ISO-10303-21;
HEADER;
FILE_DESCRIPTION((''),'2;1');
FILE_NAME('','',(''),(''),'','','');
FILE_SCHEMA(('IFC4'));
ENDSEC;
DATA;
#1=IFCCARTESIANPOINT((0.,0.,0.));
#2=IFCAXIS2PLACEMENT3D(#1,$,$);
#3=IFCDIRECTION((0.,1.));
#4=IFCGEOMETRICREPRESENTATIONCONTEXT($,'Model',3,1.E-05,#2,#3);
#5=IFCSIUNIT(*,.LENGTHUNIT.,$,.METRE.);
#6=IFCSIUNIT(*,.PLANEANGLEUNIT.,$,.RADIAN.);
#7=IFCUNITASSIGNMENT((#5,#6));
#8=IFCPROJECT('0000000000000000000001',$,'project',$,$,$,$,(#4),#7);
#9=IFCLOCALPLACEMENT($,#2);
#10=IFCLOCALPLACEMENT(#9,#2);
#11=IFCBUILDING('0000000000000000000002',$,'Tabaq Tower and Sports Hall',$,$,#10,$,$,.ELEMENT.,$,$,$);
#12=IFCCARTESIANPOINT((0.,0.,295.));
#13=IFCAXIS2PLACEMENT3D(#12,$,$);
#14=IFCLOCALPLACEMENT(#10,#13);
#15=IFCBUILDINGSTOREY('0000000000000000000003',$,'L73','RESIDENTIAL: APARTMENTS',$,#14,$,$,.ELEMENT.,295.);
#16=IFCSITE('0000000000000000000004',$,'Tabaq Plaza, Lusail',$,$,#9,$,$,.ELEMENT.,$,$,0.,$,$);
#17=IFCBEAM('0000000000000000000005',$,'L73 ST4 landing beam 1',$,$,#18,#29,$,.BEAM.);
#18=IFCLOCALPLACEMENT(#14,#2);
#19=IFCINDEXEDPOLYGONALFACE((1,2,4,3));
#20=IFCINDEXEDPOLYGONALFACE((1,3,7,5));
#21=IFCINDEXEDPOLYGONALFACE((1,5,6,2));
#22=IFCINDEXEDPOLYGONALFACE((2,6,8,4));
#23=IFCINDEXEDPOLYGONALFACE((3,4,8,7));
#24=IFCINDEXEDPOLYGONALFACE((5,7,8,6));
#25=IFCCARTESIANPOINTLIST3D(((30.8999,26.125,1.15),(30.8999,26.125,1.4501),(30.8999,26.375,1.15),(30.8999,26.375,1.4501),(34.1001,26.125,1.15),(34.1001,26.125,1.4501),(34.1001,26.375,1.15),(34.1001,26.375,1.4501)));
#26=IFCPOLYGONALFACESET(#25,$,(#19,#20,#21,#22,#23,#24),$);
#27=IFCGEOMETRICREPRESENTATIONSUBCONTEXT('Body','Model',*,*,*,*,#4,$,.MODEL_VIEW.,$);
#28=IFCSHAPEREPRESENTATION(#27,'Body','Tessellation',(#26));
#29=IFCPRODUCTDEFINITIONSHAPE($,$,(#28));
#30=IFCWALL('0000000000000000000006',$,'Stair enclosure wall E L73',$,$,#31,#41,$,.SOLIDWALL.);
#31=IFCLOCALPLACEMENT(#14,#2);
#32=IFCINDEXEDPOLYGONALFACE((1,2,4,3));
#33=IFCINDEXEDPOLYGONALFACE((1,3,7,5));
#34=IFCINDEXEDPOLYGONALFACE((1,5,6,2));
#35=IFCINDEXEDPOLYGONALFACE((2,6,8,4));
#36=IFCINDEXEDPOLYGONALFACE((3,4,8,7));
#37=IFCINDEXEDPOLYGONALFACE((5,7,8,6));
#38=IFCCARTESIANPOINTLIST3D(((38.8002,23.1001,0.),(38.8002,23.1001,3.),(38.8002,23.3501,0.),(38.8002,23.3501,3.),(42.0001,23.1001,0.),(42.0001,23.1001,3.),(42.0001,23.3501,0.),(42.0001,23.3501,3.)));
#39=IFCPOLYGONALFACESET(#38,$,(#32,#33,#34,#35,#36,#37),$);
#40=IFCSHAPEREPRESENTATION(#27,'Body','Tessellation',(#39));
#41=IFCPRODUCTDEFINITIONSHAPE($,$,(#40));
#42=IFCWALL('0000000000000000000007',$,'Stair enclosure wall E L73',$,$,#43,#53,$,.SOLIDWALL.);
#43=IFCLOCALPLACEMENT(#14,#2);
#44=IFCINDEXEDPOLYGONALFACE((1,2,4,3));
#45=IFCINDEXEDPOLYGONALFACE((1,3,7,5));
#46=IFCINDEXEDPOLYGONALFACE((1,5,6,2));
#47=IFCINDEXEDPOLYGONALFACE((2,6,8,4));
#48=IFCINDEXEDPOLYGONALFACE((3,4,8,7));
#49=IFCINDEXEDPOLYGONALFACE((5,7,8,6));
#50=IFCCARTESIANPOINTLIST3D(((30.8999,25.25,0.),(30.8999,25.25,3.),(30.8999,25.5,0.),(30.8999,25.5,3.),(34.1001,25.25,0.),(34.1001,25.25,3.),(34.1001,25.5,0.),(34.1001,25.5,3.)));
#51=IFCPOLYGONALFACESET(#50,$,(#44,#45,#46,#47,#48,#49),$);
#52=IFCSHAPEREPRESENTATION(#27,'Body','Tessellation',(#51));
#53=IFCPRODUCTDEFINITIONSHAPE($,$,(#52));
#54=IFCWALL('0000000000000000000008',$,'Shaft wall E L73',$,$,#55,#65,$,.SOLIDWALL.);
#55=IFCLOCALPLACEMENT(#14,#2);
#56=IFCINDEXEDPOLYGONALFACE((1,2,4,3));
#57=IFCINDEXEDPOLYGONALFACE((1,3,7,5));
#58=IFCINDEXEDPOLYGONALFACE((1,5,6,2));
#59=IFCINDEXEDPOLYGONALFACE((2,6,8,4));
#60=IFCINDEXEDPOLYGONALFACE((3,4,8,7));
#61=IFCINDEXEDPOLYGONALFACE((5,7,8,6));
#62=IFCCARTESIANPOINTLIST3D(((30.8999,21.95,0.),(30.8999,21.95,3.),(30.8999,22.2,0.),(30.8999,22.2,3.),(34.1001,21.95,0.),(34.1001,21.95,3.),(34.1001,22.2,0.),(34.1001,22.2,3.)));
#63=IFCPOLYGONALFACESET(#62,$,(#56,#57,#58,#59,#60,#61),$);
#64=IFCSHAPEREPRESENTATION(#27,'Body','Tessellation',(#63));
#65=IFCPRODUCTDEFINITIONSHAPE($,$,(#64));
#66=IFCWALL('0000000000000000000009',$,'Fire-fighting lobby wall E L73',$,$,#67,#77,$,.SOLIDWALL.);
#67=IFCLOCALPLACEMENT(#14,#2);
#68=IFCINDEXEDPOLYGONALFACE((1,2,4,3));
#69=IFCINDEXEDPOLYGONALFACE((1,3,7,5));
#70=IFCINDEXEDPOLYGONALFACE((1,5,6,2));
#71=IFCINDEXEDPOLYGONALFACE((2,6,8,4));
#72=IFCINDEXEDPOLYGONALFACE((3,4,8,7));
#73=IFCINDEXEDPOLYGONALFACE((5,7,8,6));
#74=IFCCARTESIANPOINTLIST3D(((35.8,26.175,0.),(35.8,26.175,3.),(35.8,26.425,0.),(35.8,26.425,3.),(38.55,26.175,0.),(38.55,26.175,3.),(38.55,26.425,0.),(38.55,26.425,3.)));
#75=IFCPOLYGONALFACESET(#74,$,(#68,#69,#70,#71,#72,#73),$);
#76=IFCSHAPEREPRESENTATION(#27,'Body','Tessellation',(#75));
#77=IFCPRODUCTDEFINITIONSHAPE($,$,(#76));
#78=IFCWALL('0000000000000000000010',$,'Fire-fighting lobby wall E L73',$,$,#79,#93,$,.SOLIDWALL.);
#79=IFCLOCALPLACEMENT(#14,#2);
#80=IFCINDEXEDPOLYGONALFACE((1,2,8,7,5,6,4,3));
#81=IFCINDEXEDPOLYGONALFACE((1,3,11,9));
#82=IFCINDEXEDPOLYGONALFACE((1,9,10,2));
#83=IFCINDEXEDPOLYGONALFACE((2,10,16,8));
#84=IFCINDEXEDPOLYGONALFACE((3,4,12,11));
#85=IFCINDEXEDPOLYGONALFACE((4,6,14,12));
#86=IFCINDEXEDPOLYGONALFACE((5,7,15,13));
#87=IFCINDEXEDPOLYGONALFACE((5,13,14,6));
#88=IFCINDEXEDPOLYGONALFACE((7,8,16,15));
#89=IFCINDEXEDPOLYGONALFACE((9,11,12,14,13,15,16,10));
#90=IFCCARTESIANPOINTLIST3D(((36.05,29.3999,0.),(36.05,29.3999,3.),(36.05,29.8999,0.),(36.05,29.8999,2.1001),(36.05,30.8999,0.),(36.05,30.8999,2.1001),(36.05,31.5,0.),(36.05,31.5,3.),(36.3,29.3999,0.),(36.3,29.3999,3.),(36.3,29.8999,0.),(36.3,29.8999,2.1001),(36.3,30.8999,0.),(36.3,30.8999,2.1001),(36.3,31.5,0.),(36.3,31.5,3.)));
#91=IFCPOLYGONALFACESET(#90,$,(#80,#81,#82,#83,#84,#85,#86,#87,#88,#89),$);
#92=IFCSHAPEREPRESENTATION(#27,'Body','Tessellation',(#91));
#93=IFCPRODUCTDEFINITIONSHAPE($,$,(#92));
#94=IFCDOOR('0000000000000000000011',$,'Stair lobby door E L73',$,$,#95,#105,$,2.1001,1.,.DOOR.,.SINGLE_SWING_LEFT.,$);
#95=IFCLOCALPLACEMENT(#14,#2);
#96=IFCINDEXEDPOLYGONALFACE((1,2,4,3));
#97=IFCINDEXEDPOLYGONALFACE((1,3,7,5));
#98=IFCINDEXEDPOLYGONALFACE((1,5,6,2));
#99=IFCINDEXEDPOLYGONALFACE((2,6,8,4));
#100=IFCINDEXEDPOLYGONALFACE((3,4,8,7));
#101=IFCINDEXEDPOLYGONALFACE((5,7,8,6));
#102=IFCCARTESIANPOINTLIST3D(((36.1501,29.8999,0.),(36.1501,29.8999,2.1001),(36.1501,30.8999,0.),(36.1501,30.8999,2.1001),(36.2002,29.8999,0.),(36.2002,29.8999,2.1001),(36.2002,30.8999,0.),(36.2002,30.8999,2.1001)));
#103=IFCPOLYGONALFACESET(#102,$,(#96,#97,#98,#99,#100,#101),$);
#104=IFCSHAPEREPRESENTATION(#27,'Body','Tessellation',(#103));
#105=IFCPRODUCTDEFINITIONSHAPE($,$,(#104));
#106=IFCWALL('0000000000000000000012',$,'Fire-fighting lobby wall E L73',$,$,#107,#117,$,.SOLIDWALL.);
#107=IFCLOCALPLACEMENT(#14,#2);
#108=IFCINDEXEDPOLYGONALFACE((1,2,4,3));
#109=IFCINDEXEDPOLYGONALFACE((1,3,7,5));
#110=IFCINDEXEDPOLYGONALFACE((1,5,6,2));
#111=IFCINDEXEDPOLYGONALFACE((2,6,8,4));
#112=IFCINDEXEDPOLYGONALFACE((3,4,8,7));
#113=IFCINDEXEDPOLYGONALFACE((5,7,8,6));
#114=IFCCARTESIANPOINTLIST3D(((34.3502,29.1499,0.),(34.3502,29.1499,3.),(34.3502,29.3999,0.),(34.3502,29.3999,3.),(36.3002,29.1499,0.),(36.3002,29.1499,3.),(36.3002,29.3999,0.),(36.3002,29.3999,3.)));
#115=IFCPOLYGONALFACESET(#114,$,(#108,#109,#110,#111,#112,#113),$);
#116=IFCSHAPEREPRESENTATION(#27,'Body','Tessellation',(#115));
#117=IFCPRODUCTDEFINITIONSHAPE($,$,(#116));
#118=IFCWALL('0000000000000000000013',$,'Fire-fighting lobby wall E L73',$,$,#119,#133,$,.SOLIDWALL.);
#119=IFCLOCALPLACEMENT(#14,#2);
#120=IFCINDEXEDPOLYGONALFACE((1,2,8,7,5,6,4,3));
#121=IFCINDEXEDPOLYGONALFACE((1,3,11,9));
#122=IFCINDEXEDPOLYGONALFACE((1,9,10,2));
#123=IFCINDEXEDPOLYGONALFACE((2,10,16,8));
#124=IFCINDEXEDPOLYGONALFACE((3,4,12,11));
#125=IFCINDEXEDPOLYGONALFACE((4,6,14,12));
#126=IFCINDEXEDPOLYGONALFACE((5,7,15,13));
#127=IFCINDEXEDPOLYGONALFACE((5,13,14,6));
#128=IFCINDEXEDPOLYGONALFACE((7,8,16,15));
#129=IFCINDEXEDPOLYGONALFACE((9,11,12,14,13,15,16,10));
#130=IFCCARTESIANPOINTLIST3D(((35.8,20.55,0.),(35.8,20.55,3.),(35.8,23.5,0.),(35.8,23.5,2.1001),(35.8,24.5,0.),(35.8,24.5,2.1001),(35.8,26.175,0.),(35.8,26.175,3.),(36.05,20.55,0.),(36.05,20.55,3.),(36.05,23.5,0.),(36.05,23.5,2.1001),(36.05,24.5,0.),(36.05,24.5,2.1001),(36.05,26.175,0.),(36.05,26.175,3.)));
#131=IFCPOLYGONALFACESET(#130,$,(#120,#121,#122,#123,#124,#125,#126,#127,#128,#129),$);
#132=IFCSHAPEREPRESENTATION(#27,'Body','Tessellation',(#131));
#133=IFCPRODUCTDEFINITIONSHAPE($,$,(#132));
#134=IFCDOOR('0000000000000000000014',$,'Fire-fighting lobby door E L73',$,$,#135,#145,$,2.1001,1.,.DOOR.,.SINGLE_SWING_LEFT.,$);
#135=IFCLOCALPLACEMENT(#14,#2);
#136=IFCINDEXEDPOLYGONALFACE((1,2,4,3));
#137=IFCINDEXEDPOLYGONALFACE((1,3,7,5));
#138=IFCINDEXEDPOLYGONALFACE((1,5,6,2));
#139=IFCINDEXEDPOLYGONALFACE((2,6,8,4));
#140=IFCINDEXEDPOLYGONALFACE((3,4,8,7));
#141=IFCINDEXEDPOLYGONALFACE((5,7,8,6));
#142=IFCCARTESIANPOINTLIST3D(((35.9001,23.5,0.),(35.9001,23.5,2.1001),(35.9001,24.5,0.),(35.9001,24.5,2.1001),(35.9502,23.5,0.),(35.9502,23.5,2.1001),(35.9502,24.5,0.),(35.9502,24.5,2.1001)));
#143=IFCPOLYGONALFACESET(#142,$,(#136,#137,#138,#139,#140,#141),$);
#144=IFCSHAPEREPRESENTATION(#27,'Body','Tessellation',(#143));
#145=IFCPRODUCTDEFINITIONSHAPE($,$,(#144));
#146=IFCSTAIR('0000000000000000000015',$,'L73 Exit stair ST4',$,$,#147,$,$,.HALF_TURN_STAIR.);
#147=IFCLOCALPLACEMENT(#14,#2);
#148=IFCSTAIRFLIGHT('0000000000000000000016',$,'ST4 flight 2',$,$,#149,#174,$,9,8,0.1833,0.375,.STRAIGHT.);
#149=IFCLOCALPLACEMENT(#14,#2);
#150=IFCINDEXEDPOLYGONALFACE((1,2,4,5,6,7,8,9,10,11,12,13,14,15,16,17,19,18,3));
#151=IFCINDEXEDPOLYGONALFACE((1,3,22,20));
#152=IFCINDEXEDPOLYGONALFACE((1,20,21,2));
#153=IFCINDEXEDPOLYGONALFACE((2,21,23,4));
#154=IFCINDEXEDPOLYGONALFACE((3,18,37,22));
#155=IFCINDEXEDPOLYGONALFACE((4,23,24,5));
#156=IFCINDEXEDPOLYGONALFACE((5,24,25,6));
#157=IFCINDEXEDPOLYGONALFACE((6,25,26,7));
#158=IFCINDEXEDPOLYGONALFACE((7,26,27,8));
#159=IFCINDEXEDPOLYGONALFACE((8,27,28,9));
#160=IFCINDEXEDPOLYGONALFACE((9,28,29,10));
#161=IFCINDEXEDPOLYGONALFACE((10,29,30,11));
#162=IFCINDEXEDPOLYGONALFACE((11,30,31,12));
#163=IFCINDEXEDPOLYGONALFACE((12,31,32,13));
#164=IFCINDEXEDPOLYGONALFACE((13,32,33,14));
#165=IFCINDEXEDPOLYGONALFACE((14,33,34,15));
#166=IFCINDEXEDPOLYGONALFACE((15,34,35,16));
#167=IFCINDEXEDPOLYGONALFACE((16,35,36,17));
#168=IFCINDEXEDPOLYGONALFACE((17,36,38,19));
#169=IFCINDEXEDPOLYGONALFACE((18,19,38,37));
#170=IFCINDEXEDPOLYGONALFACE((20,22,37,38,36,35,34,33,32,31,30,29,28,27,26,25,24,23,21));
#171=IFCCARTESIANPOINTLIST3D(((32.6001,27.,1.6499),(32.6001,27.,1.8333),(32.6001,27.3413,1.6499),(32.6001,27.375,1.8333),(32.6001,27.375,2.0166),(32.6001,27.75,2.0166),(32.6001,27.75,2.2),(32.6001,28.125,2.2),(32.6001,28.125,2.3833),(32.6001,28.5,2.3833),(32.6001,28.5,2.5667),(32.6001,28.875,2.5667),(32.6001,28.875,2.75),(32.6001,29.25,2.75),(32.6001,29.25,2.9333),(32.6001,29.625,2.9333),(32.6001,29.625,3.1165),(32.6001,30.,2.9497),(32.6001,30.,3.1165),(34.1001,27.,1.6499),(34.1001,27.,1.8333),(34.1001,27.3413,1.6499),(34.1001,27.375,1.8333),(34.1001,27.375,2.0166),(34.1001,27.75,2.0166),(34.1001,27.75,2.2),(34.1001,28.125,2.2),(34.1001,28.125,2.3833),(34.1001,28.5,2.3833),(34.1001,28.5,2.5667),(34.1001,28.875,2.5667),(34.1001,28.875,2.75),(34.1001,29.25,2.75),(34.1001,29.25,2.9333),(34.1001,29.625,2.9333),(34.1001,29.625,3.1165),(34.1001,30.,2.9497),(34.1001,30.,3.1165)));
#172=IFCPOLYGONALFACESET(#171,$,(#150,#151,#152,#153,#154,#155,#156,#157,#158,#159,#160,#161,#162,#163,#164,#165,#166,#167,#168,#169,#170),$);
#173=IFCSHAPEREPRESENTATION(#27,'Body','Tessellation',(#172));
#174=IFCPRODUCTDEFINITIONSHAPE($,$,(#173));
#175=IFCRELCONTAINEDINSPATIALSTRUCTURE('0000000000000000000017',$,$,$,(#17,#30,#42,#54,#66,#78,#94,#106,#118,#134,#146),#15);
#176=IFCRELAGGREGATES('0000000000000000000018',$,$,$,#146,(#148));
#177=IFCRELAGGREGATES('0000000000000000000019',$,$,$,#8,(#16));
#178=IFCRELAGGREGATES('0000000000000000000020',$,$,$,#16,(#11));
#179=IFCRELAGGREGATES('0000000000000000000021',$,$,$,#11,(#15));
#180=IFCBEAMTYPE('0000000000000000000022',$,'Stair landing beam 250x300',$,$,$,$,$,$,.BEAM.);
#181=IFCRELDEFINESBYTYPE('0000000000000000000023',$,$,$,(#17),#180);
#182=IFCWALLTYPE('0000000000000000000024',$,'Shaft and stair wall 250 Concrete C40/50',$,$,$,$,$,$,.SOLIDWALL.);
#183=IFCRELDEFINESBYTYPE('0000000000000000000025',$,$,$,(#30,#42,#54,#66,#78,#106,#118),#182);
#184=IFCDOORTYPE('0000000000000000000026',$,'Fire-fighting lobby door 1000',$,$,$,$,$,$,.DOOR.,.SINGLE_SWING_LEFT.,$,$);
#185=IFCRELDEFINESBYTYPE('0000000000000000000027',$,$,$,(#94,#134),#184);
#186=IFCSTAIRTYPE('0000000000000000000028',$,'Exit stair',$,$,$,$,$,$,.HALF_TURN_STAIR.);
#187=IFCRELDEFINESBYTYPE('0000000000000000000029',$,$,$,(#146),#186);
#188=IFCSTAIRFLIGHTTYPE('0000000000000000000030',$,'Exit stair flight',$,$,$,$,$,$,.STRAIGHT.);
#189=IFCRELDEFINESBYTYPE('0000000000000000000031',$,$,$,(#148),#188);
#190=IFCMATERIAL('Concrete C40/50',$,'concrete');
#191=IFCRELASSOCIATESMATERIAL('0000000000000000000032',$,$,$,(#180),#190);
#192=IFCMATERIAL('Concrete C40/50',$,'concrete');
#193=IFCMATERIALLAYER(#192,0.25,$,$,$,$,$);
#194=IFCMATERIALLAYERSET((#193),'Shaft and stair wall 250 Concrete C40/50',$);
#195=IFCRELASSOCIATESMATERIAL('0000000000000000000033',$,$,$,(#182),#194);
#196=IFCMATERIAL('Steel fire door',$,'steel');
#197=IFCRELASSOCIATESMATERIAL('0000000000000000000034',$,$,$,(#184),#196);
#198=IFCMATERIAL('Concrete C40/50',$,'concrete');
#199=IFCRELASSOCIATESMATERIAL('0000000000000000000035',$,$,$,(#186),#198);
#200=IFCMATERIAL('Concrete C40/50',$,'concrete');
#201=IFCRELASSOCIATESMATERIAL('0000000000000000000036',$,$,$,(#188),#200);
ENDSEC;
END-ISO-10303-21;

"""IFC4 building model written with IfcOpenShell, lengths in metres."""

from ifc_helpers import new_model, si_unit, direction, frame, frame_2d, origin, origin_2d, place, context, subcontext, project, spatial, polyline, rectangle, outline, extrude, material, layer, layer_set, material_profile, profile_set, type_object, element, fill, aggregate, save


model = new_model("IFC4")

# Units and contexts
model_context = context("Model", 3, precision=1e-05, world=origin(), true_north=direction((0.0, 1.0)))
body_context = subcontext(model_context, "Body", "Model", "MODEL_VIEW")
ifc_project = project(units=[si_unit("LENGTHUNIT", "METRE"), si_unit("PLANEANGLEUNIT", "RADIAN")], contexts=[model_context])

# Site, building, storey
site_placement = place(None, origin())
site = spatial("IfcSite", under=ifc_project, at=site_placement, Name="Tabaq Plaza, Lusail", CompositionType="ELEMENT", RefElevation=0.0)
building_placement = place(site_placement, origin())
building = spatial("IfcBuilding", under=site, at=building_placement, Name="Tabaq Tower and Sports Hall", CompositionType="ELEMENT")
storey_placement = place(building_placement, frame((0.0, 0.0, 295.0)))
storey = spatial("IfcBuildingStorey", under=building, at=storey_placement, Name="L73", Description="RESIDENTIAL: APARTMENTS", CompositionType="ELEMENT", Elevation=295.0)

# Beam
ifc_material_1 = material(Name="Concrete C40/50", Category="concrete")
ifc_material_profile = material_profile(ifc_material_1, rectangle(XDim=0.25, YDim=0.3, at=origin_2d()), Name="RC 250x300")
ifc_profile_set = profile_set([ifc_material_profile], Name="Concrete C40/50")
beam_type = type_object("IfcBeamType", Name="Stair landing beam 250x300", PredefinedType="BEAM", material=ifc_profile_set)
beam_placement = place(storey_placement, frame((30.8999, 26.25, 1.3), z_axis=(1.0, 0.0, 0.0), x_axis=(0.0, 1.0, 0.0)))
element("IfcBeam", 1, at=beam_placement, inside=storey, type_object=beam_type, Name="L73 ST4 landing beam 1", PredefinedType="BEAM", context=body_context, shape_type="SweptSolid", body=[
    extrude(rectangle(XDim=0.25, YDim=0.3, at=origin_2d()), origin(), (0.0, 0.0, 1.0), 3.2002),
])

# Walls
ifc_material_2 = material(Name="Concrete C40/50", Category="concrete")
ifc_layer = layer(ifc_material_2, 0.25)
ifc_layer_set = layer_set([ifc_layer], Name="Shaft and stair wall 250 Concrete C40/50")
wall_type = type_object("IfcWallType", Name="Shaft and stair wall 250 Concrete C40/50", PredefinedType="SOLIDWALL", material=ifc_layer_set)
wall_1_placement = place(storey_placement, frame((38.8, 23.2251, 0.0), z_axis=(0.0, 0.0, 1.0), x_axis=(1.0, 0.0, 0.0)))
element("IfcWall", 2, at=wall_1_placement, inside=storey, type_object=wall_type, Name="Stair enclosure wall E L73", PredefinedType="SOLIDWALL", context=body_context, shape_type="SweptSolid", body=[
    extrude(rectangle(XDim=3.2, YDim=0.25, at=frame_2d((1.6001, 0.0))), origin(), (0.0, 0.0, 1.0), 3.0),
])
for number, where, z_axis, x_axis, name in (
    (3, (30.8999, 25.375, 0.0), (0.0, 0.0, 1.0), (1.0, 0.0, 0.0), "Stair enclosure wall E L73"),
    (4, (30.8999, 22.075, 0.0), (0.0, 0.0, 1.0), (1.0, 0.0, 0.0), "Shaft wall E L73"),
):
    element("IfcWall", number, at=place(storey_placement, frame(where, z_axis=z_axis, x_axis=x_axis)), inside=storey, type_object=wall_type, Name=name, PredefinedType="SOLIDWALL", context=body_context, shape_type="SweptSolid", body=[
        extrude(rectangle(XDim=3.2002, YDim=0.25, at=frame_2d((1.6001, 0.0))), origin(), (0.0, 0.0, 1.0), 3.0),
    ])
wall_2_placement = place(storey_placement, frame((35.8, 26.3, 0.0), z_axis=(0.0, 0.0, 1.0), x_axis=(1.0, 0.0, 0.0)))
element("IfcWall", 5, at=wall_2_placement, inside=storey, type_object=wall_type, Name="Fire-fighting lobby wall E L73", PredefinedType="SOLIDWALL", context=body_context, shape_type="SweptSolid", body=[
    extrude(rectangle(XDim=2.75, YDim=0.25, at=frame_2d((1.375, 0.0))), origin(), (0.0, 0.0, 1.0), 3.0),
])

# Wall, opening, door
wall_3_placement = place(storey_placement, frame((36.175, 29.3999, 0.0), z_axis=(0.0, 0.0, 1.0), x_axis=(0.0, 1.0, 0.0)))
wall_3 = element("IfcWall", 6, at=wall_3_placement, inside=storey, type_object=wall_type, Name="Fire-fighting lobby wall E L73", PredefinedType="SOLIDWALL", context=body_context, shape_type="SweptSolid", body=[
    extrude(rectangle(XDim=2.1001, YDim=0.25, at=frame_2d((1.05, 0.0))), origin(), (0.0, 0.0, 1.0), 3.0),
])
opening_1_placement = place(wall_3_placement, frame((0.5, 0.0, 0.0)))
opening_1 = element("IfcOpeningElement", 7, at=opening_1_placement, cuts=wall_3, PredefinedType="OPENING", context=body_context, shape_type="SweptSolid", body=[
    extrude(rectangle(XDim=1.0, YDim=2.1001, at=frame_2d((0.5, 1.05))), frame((0.0, 0.125, 0.0), z_axis=(0.0, -1.0, 0.0), x_axis=(1.0, 0.0, 0.0)), (0.0, 0.0, 1.0), 0.25),
])
ifc_material_3 = material(Name="Steel fire door", Category="steel")
door_type = type_object("IfcDoorType", Name="Fire-fighting lobby door 1000", OperationType="SINGLE_SWING_LEFT", PredefinedType="DOOR", material=ifc_material_3)
door_1_placement = place(opening_1_placement, origin())
door_1 = element("IfcDoor", 8, at=door_1_placement, inside=storey, type_object=door_type, Name="Stair lobby door E L73", OperationType="SINGLE_SWING_LEFT", OverallHeight=2.1001, OverallWidth=1.0, PredefinedType="DOOR", context=body_context, shape_type="SweptSolid", body=[
    extrude(rectangle(XDim=1.0, YDim=2.1001, at=frame_2d((0.5, 1.05))), frame((0.0, 0.0249, 0.0), z_axis=(0.0, -1.0, 0.0), x_axis=(1.0, 0.0, 0.0)), (0.0, 0.0, 1.0), 0.05),
])
fill(opening_1, door_1)

# Wall
wall_4_placement = place(storey_placement, frame((34.3501, 29.2749, 0.0), z_axis=(0.0, 0.0, 1.0), x_axis=(1.0, 0.0, 0.0)))
element("IfcWall", 9, at=wall_4_placement, inside=storey, type_object=wall_type, Name="Fire-fighting lobby wall E L73", PredefinedType="SOLIDWALL", context=body_context, shape_type="SweptSolid", body=[
    extrude(rectangle(XDim=1.95, YDim=0.25, at=frame_2d((0.9751, 0.0))), origin(), (0.0, 0.0, 1.0), 3.0),
])

# Wall, opening, door
wall_5_placement = place(storey_placement, frame((35.925, 20.55, 0.0), z_axis=(0.0, 0.0, 1.0), x_axis=(0.0, 1.0, 0.0)))
wall_5 = element("IfcWall", 10, at=wall_5_placement, inside=storey, type_object=wall_type, Name="Fire-fighting lobby wall E L73", PredefinedType="SOLIDWALL", context=body_context, shape_type="SweptSolid", body=[
    extrude(rectangle(XDim=5.625, YDim=0.25, at=frame_2d((2.8125, 0.0))), origin(), (0.0, 0.0, 1.0), 3.0),
])
opening_2_placement = place(wall_5_placement, frame((2.95, 0.0, 0.0)))
opening_2 = element("IfcOpeningElement", 11, at=opening_2_placement, cuts=wall_5, PredefinedType="OPENING", context=body_context, shape_type="SweptSolid", body=[
    extrude(rectangle(XDim=1.0, YDim=2.1001, at=frame_2d((0.5, 1.05))), frame((0.0, 0.125, 0.0), z_axis=(0.0, -1.0, 0.0), x_axis=(1.0, 0.0, 0.0)), (0.0, 0.0, 1.0), 0.25),
])
door_2_placement = place(opening_2_placement, origin())
door_2 = element("IfcDoor", 12, at=door_2_placement, inside=storey, type_object=door_type, Name="Fire-fighting lobby door E L73", OperationType="SINGLE_SWING_LEFT", OverallHeight=2.1001, OverallWidth=1.0, PredefinedType="DOOR", context=body_context, shape_type="SweptSolid", body=[
    extrude(rectangle(XDim=1.0, YDim=2.1001, at=frame_2d((0.5, 1.05))), frame((0.0, 0.0249, 0.0), z_axis=(0.0, -1.0, 0.0), x_axis=(1.0, 0.0, 0.0)), (0.0, 0.0, 1.0), 0.05),
])
fill(opening_2, door_2)

# Stair, stair flight
ifc_material_4 = material(Name="Concrete C40/50", Category="concrete")
stair_type = type_object("IfcStairType", Name="Exit stair", PredefinedType="HALF_TURN_STAIR", material=ifc_material_4)
stair_placement = place(storey_placement, origin())
stair = element("IfcStair", 13, at=stair_placement, inside=storey, type_object=stair_type, Name="L73 Exit stair ST4", PredefinedType="HALF_TURN_STAIR")
ifc_material_5 = material(Name="Concrete C40/50", Category="concrete")
stair_flight_type = type_object("IfcStairFlightType", Name="Exit stair flight", PredefinedType="STRAIGHT", material=ifc_material_5)
stair_flight_placement = place(storey_placement, frame((33.3501, 27.0, 1.6499), z_axis=(0.0, 0.0, 1.0), x_axis=(0.0, 1.0, 0.0)))
stair_flight = element("IfcStairFlight", 14, at=stair_flight_placement, type_object=stair_flight_type, Name="ST4 flight 2", NumberOfRisers=9, NumberOfTreads=8, PredefinedType="STRAIGHT", RiserHeight=0.1833, TreadLength=0.375, context=body_context, shape_type="SweptSolid", body=[
    extrude(outline(polyline([(0.0, 0.0), (0.0, 0.1833), (0.375, 0.1833), (0.375, 0.3667), (0.75, 0.3667), (0.75, 0.55), (1.125, 0.55), (1.125, 0.7334), (1.5, 0.7334), (1.5, 0.9167), (1.875, 0.9167), (1.875, 1.1001), (2.25, 1.1001), (2.25, 1.2834), (2.625, 1.2834), (2.625, 1.4666), (3.0, 1.4666), (3.0, 1.6499), (3.0, 1.2998), (0.3413, 0.0), (0.0, 0.0)])), frame((0.0, 0.75, 0.0), z_axis=(0.0, -1.0, 0.0), x_axis=(1.0, 0.0, 0.0)), (0.0, 0.0, 1.0), 1.5),
])
aggregate(stair, [stair_flight])

save(model, "model.ifc")
